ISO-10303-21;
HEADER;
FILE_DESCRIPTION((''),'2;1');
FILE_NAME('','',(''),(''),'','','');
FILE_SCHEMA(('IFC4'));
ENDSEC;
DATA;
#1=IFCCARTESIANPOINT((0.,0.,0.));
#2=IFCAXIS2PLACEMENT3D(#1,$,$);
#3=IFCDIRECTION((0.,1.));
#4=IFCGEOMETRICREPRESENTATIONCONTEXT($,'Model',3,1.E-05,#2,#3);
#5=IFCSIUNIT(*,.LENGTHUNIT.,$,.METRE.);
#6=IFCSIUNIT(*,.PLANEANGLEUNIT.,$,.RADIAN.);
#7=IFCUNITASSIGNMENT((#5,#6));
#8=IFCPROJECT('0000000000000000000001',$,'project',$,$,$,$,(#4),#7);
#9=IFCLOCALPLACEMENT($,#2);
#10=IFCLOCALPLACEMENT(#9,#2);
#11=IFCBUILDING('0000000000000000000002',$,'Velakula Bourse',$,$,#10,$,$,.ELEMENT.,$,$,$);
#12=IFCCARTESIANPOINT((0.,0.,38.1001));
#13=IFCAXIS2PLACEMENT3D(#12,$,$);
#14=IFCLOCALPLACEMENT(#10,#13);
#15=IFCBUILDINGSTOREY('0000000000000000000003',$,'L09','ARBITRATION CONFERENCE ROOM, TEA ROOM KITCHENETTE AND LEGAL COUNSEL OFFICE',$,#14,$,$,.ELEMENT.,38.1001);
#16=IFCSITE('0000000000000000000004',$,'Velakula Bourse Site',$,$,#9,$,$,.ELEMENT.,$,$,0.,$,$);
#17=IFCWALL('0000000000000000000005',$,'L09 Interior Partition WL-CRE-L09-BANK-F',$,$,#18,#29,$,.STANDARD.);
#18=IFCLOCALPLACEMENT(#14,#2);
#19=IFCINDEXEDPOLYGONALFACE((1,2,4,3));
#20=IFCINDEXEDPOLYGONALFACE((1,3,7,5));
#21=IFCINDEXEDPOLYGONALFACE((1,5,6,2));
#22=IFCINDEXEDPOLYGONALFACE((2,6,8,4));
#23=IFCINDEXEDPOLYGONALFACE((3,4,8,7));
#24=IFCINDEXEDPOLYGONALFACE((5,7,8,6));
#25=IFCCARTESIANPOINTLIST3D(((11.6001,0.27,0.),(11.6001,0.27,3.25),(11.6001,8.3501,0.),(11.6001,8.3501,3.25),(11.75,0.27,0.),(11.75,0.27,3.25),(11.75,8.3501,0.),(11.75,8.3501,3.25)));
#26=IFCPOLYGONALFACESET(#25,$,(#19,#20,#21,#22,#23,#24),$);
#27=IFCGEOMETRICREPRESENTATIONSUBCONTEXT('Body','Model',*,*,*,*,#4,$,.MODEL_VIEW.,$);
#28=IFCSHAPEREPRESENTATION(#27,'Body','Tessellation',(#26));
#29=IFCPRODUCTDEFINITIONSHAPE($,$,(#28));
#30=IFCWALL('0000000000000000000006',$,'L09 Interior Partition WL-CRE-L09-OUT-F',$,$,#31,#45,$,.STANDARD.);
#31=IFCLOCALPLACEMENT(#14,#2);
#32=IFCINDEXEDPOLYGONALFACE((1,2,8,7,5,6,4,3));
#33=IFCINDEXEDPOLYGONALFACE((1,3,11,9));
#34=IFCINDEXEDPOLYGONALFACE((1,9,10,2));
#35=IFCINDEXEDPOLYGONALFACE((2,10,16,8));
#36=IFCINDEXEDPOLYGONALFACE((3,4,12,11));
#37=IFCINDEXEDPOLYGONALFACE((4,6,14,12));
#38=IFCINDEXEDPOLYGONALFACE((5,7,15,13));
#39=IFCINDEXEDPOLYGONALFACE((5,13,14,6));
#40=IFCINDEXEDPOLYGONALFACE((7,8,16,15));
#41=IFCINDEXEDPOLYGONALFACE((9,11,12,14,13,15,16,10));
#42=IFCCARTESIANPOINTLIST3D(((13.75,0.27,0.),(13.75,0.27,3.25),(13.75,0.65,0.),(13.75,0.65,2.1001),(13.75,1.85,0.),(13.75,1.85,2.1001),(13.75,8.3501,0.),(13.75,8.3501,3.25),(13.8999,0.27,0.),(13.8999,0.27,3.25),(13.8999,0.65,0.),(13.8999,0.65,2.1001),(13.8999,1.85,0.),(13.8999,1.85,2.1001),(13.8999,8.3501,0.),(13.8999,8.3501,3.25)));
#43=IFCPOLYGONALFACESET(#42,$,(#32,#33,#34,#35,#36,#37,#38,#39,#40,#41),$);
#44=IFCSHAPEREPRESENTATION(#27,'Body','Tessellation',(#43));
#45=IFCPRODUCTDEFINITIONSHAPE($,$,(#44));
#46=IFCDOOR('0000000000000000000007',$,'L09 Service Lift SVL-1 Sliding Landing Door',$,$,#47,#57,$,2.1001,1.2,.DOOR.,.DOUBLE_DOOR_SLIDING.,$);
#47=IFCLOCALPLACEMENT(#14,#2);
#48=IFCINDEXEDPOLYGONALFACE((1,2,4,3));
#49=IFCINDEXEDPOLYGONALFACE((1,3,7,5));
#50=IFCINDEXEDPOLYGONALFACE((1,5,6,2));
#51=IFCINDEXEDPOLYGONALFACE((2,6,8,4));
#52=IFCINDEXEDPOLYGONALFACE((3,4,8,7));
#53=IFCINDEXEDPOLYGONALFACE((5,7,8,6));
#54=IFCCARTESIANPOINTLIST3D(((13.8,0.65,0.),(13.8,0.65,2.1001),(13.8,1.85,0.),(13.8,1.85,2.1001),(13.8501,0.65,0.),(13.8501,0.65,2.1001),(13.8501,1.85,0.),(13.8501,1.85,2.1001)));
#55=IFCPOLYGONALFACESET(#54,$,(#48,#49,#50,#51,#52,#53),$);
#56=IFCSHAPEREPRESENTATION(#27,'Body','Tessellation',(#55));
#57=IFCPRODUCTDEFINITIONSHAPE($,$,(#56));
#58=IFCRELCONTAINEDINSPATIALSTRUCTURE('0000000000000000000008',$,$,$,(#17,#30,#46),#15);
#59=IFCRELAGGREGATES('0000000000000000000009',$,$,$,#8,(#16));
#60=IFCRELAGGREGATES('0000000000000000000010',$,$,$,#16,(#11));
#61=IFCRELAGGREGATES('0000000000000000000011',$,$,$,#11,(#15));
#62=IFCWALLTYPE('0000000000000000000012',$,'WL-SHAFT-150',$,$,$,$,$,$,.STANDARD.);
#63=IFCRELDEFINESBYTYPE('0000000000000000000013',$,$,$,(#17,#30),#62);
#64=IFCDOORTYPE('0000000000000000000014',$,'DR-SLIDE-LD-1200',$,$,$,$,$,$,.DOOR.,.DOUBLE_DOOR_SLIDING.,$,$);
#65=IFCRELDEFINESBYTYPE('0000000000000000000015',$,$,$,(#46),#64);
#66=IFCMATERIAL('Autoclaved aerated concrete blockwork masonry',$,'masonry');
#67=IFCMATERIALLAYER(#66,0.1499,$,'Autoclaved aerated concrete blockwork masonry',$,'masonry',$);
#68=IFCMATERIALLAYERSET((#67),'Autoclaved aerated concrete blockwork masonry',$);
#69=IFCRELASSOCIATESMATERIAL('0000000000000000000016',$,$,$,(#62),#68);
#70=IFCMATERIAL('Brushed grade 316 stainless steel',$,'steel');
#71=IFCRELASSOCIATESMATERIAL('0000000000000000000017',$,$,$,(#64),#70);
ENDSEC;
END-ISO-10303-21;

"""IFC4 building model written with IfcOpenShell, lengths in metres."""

from ifc_helpers import new_model, si_unit, direction, frame, frame_2d, origin, place, context, subcontext, project, spatial, rectangle, extrude, material, layer, layer_set, type_object, element, fill, save


model = new_model("IFC4")

# Units and contexts
model_context = context("Model", 3, precision=1e-05, world=origin(), true_north=direction((0.0, 1.0)))
body_context = subcontext(model_context, "Body", "Model", "MODEL_VIEW")
ifc_project = project(units=[si_unit("LENGTHUNIT", "METRE"), si_unit("PLANEANGLEUNIT", "RADIAN")], contexts=[model_context])

# Site, building, storey
site_placement = place(None, origin())
site = spatial("IfcSite", under=ifc_project, at=site_placement, Name="Velakula Bourse Site", CompositionType="ELEMENT", RefElevation=0.0)
building_placement = place(site_placement, origin())
building = spatial("IfcBuilding", under=site, at=building_placement, Name="Velakula Bourse", CompositionType="ELEMENT")
storey_placement = place(building_placement, frame((0.0, 0.0, 38.1001)))
storey = spatial("IfcBuildingStorey", under=building, at=storey_placement, Name="L09", Description="ARBITRATION CONFERENCE ROOM, TEA ROOM KITCHENETTE AND LEGAL COUNSEL OFFICE", CompositionType="ELEMENT", Elevation=38.1001)

# Wall
ifc_material_1 = material(Name="Autoclaved aerated concrete blockwork masonry", Category="masonry")
ifc_layer_1 = layer(ifc_material_1, 0.1499, Name="Autoclaved aerated concrete blockwork masonry", Category="masonry")
ifc_layer_set_1 = layer_set([ifc_layer_1], Name="Autoclaved aerated concrete blockwork masonry")
wall_type_1 = type_object("IfcWallType", Name="WL-SHAFT-150", PredefinedType="STANDARD", material=ifc_layer_set_1)
wall_1_placement = place(storey_placement, frame((11.675, 0.27, 0.0), z_axis=(0.0, 0.0, 1.0), x_axis=(0.0, 1.0, 0.0)))
element("IfcWall", 1, at=wall_1_placement, inside=storey, type_object=wall_type_1, Name="L09 Interior Partition WL-CRE-L09-BANK-F", PredefinedType="STANDARD", context=body_context, shape_type="SweptSolid", body=[
    extrude(rectangle(XDim=8.0801, YDim=0.1499, at=frame_2d((4.04, 0.0))), origin(), (0.0, 0.0, 1.0), 3.25),
])

# Wall, opening, door
wall_2_placement = place(storey_placement, frame((13.825, 0.27, 0.0), z_axis=(0.0, 0.0, 1.0), x_axis=(0.0, 1.0, 0.0)))
wall_2 = element("IfcWall", 2, at=wall_2_placement, inside=storey, type_object=wall_type_1, Name="L09 Interior Partition WL-CRE-L09-OUT-F", PredefinedType="STANDARD", context=body_context, shape_type="SweptSolid", body=[
    extrude(rectangle(XDim=8.0801, YDim=0.1499, at=frame_2d((4.04, 0.0))), origin(), (0.0, 0.0, 1.0), 3.25),
])
opening_1_placement = place(wall_2_placement, frame((0.3799, 0.0, 0.0)))
opening_1 = element("IfcOpeningElement", 3, at=opening_1_placement, cuts=wall_2, PredefinedType="OPENING", context=body_context, shape_type="SweptSolid", body=[
    extrude(rectangle(XDim=1.2, YDim=2.1001, at=frame_2d((0.6001, 1.05))), frame((0.0, 0.085, 0.0), z_axis=(0.0, -1.0, 0.0), x_axis=(1.0, 0.0, 0.0)), (0.0, 0.0, 1.0), 0.1699),
])
ifc_material_2 = material(Name="Brushed grade 316 stainless steel", Category="steel")
door_type = type_object("IfcDoorType", Name="DR-SLIDE-LD-1200", OperationType="DOUBLE_DOOR_SLIDING", PredefinedType="DOOR", material=ifc_material_2)
door_placement = place(opening_1_placement, origin())
door = element("IfcDoor", 4, at=door_placement, inside=storey, type_object=door_type, Name="L09 Service Lift SVL-1 Sliding Landing Door", OperationType="DOUBLE_DOOR_SLIDING", OverallHeight=2.1001, OverallWidth=1.2, PredefinedType="DOOR", context=body_context, shape_type="SweptSolid", body=[
    extrude(rectangle(XDim=1.2, YDim=2.1001, at=frame_2d((0.6001, 1.05))), frame((0.0, 0.0249, 0.0), z_axis=(0.0, -1.0, 0.0), x_axis=(1.0, 0.0, 0.0)), (0.0, 0.0, 1.0), 0.05),
])
fill(opening_1, door)

save(model, "model.ifc")
